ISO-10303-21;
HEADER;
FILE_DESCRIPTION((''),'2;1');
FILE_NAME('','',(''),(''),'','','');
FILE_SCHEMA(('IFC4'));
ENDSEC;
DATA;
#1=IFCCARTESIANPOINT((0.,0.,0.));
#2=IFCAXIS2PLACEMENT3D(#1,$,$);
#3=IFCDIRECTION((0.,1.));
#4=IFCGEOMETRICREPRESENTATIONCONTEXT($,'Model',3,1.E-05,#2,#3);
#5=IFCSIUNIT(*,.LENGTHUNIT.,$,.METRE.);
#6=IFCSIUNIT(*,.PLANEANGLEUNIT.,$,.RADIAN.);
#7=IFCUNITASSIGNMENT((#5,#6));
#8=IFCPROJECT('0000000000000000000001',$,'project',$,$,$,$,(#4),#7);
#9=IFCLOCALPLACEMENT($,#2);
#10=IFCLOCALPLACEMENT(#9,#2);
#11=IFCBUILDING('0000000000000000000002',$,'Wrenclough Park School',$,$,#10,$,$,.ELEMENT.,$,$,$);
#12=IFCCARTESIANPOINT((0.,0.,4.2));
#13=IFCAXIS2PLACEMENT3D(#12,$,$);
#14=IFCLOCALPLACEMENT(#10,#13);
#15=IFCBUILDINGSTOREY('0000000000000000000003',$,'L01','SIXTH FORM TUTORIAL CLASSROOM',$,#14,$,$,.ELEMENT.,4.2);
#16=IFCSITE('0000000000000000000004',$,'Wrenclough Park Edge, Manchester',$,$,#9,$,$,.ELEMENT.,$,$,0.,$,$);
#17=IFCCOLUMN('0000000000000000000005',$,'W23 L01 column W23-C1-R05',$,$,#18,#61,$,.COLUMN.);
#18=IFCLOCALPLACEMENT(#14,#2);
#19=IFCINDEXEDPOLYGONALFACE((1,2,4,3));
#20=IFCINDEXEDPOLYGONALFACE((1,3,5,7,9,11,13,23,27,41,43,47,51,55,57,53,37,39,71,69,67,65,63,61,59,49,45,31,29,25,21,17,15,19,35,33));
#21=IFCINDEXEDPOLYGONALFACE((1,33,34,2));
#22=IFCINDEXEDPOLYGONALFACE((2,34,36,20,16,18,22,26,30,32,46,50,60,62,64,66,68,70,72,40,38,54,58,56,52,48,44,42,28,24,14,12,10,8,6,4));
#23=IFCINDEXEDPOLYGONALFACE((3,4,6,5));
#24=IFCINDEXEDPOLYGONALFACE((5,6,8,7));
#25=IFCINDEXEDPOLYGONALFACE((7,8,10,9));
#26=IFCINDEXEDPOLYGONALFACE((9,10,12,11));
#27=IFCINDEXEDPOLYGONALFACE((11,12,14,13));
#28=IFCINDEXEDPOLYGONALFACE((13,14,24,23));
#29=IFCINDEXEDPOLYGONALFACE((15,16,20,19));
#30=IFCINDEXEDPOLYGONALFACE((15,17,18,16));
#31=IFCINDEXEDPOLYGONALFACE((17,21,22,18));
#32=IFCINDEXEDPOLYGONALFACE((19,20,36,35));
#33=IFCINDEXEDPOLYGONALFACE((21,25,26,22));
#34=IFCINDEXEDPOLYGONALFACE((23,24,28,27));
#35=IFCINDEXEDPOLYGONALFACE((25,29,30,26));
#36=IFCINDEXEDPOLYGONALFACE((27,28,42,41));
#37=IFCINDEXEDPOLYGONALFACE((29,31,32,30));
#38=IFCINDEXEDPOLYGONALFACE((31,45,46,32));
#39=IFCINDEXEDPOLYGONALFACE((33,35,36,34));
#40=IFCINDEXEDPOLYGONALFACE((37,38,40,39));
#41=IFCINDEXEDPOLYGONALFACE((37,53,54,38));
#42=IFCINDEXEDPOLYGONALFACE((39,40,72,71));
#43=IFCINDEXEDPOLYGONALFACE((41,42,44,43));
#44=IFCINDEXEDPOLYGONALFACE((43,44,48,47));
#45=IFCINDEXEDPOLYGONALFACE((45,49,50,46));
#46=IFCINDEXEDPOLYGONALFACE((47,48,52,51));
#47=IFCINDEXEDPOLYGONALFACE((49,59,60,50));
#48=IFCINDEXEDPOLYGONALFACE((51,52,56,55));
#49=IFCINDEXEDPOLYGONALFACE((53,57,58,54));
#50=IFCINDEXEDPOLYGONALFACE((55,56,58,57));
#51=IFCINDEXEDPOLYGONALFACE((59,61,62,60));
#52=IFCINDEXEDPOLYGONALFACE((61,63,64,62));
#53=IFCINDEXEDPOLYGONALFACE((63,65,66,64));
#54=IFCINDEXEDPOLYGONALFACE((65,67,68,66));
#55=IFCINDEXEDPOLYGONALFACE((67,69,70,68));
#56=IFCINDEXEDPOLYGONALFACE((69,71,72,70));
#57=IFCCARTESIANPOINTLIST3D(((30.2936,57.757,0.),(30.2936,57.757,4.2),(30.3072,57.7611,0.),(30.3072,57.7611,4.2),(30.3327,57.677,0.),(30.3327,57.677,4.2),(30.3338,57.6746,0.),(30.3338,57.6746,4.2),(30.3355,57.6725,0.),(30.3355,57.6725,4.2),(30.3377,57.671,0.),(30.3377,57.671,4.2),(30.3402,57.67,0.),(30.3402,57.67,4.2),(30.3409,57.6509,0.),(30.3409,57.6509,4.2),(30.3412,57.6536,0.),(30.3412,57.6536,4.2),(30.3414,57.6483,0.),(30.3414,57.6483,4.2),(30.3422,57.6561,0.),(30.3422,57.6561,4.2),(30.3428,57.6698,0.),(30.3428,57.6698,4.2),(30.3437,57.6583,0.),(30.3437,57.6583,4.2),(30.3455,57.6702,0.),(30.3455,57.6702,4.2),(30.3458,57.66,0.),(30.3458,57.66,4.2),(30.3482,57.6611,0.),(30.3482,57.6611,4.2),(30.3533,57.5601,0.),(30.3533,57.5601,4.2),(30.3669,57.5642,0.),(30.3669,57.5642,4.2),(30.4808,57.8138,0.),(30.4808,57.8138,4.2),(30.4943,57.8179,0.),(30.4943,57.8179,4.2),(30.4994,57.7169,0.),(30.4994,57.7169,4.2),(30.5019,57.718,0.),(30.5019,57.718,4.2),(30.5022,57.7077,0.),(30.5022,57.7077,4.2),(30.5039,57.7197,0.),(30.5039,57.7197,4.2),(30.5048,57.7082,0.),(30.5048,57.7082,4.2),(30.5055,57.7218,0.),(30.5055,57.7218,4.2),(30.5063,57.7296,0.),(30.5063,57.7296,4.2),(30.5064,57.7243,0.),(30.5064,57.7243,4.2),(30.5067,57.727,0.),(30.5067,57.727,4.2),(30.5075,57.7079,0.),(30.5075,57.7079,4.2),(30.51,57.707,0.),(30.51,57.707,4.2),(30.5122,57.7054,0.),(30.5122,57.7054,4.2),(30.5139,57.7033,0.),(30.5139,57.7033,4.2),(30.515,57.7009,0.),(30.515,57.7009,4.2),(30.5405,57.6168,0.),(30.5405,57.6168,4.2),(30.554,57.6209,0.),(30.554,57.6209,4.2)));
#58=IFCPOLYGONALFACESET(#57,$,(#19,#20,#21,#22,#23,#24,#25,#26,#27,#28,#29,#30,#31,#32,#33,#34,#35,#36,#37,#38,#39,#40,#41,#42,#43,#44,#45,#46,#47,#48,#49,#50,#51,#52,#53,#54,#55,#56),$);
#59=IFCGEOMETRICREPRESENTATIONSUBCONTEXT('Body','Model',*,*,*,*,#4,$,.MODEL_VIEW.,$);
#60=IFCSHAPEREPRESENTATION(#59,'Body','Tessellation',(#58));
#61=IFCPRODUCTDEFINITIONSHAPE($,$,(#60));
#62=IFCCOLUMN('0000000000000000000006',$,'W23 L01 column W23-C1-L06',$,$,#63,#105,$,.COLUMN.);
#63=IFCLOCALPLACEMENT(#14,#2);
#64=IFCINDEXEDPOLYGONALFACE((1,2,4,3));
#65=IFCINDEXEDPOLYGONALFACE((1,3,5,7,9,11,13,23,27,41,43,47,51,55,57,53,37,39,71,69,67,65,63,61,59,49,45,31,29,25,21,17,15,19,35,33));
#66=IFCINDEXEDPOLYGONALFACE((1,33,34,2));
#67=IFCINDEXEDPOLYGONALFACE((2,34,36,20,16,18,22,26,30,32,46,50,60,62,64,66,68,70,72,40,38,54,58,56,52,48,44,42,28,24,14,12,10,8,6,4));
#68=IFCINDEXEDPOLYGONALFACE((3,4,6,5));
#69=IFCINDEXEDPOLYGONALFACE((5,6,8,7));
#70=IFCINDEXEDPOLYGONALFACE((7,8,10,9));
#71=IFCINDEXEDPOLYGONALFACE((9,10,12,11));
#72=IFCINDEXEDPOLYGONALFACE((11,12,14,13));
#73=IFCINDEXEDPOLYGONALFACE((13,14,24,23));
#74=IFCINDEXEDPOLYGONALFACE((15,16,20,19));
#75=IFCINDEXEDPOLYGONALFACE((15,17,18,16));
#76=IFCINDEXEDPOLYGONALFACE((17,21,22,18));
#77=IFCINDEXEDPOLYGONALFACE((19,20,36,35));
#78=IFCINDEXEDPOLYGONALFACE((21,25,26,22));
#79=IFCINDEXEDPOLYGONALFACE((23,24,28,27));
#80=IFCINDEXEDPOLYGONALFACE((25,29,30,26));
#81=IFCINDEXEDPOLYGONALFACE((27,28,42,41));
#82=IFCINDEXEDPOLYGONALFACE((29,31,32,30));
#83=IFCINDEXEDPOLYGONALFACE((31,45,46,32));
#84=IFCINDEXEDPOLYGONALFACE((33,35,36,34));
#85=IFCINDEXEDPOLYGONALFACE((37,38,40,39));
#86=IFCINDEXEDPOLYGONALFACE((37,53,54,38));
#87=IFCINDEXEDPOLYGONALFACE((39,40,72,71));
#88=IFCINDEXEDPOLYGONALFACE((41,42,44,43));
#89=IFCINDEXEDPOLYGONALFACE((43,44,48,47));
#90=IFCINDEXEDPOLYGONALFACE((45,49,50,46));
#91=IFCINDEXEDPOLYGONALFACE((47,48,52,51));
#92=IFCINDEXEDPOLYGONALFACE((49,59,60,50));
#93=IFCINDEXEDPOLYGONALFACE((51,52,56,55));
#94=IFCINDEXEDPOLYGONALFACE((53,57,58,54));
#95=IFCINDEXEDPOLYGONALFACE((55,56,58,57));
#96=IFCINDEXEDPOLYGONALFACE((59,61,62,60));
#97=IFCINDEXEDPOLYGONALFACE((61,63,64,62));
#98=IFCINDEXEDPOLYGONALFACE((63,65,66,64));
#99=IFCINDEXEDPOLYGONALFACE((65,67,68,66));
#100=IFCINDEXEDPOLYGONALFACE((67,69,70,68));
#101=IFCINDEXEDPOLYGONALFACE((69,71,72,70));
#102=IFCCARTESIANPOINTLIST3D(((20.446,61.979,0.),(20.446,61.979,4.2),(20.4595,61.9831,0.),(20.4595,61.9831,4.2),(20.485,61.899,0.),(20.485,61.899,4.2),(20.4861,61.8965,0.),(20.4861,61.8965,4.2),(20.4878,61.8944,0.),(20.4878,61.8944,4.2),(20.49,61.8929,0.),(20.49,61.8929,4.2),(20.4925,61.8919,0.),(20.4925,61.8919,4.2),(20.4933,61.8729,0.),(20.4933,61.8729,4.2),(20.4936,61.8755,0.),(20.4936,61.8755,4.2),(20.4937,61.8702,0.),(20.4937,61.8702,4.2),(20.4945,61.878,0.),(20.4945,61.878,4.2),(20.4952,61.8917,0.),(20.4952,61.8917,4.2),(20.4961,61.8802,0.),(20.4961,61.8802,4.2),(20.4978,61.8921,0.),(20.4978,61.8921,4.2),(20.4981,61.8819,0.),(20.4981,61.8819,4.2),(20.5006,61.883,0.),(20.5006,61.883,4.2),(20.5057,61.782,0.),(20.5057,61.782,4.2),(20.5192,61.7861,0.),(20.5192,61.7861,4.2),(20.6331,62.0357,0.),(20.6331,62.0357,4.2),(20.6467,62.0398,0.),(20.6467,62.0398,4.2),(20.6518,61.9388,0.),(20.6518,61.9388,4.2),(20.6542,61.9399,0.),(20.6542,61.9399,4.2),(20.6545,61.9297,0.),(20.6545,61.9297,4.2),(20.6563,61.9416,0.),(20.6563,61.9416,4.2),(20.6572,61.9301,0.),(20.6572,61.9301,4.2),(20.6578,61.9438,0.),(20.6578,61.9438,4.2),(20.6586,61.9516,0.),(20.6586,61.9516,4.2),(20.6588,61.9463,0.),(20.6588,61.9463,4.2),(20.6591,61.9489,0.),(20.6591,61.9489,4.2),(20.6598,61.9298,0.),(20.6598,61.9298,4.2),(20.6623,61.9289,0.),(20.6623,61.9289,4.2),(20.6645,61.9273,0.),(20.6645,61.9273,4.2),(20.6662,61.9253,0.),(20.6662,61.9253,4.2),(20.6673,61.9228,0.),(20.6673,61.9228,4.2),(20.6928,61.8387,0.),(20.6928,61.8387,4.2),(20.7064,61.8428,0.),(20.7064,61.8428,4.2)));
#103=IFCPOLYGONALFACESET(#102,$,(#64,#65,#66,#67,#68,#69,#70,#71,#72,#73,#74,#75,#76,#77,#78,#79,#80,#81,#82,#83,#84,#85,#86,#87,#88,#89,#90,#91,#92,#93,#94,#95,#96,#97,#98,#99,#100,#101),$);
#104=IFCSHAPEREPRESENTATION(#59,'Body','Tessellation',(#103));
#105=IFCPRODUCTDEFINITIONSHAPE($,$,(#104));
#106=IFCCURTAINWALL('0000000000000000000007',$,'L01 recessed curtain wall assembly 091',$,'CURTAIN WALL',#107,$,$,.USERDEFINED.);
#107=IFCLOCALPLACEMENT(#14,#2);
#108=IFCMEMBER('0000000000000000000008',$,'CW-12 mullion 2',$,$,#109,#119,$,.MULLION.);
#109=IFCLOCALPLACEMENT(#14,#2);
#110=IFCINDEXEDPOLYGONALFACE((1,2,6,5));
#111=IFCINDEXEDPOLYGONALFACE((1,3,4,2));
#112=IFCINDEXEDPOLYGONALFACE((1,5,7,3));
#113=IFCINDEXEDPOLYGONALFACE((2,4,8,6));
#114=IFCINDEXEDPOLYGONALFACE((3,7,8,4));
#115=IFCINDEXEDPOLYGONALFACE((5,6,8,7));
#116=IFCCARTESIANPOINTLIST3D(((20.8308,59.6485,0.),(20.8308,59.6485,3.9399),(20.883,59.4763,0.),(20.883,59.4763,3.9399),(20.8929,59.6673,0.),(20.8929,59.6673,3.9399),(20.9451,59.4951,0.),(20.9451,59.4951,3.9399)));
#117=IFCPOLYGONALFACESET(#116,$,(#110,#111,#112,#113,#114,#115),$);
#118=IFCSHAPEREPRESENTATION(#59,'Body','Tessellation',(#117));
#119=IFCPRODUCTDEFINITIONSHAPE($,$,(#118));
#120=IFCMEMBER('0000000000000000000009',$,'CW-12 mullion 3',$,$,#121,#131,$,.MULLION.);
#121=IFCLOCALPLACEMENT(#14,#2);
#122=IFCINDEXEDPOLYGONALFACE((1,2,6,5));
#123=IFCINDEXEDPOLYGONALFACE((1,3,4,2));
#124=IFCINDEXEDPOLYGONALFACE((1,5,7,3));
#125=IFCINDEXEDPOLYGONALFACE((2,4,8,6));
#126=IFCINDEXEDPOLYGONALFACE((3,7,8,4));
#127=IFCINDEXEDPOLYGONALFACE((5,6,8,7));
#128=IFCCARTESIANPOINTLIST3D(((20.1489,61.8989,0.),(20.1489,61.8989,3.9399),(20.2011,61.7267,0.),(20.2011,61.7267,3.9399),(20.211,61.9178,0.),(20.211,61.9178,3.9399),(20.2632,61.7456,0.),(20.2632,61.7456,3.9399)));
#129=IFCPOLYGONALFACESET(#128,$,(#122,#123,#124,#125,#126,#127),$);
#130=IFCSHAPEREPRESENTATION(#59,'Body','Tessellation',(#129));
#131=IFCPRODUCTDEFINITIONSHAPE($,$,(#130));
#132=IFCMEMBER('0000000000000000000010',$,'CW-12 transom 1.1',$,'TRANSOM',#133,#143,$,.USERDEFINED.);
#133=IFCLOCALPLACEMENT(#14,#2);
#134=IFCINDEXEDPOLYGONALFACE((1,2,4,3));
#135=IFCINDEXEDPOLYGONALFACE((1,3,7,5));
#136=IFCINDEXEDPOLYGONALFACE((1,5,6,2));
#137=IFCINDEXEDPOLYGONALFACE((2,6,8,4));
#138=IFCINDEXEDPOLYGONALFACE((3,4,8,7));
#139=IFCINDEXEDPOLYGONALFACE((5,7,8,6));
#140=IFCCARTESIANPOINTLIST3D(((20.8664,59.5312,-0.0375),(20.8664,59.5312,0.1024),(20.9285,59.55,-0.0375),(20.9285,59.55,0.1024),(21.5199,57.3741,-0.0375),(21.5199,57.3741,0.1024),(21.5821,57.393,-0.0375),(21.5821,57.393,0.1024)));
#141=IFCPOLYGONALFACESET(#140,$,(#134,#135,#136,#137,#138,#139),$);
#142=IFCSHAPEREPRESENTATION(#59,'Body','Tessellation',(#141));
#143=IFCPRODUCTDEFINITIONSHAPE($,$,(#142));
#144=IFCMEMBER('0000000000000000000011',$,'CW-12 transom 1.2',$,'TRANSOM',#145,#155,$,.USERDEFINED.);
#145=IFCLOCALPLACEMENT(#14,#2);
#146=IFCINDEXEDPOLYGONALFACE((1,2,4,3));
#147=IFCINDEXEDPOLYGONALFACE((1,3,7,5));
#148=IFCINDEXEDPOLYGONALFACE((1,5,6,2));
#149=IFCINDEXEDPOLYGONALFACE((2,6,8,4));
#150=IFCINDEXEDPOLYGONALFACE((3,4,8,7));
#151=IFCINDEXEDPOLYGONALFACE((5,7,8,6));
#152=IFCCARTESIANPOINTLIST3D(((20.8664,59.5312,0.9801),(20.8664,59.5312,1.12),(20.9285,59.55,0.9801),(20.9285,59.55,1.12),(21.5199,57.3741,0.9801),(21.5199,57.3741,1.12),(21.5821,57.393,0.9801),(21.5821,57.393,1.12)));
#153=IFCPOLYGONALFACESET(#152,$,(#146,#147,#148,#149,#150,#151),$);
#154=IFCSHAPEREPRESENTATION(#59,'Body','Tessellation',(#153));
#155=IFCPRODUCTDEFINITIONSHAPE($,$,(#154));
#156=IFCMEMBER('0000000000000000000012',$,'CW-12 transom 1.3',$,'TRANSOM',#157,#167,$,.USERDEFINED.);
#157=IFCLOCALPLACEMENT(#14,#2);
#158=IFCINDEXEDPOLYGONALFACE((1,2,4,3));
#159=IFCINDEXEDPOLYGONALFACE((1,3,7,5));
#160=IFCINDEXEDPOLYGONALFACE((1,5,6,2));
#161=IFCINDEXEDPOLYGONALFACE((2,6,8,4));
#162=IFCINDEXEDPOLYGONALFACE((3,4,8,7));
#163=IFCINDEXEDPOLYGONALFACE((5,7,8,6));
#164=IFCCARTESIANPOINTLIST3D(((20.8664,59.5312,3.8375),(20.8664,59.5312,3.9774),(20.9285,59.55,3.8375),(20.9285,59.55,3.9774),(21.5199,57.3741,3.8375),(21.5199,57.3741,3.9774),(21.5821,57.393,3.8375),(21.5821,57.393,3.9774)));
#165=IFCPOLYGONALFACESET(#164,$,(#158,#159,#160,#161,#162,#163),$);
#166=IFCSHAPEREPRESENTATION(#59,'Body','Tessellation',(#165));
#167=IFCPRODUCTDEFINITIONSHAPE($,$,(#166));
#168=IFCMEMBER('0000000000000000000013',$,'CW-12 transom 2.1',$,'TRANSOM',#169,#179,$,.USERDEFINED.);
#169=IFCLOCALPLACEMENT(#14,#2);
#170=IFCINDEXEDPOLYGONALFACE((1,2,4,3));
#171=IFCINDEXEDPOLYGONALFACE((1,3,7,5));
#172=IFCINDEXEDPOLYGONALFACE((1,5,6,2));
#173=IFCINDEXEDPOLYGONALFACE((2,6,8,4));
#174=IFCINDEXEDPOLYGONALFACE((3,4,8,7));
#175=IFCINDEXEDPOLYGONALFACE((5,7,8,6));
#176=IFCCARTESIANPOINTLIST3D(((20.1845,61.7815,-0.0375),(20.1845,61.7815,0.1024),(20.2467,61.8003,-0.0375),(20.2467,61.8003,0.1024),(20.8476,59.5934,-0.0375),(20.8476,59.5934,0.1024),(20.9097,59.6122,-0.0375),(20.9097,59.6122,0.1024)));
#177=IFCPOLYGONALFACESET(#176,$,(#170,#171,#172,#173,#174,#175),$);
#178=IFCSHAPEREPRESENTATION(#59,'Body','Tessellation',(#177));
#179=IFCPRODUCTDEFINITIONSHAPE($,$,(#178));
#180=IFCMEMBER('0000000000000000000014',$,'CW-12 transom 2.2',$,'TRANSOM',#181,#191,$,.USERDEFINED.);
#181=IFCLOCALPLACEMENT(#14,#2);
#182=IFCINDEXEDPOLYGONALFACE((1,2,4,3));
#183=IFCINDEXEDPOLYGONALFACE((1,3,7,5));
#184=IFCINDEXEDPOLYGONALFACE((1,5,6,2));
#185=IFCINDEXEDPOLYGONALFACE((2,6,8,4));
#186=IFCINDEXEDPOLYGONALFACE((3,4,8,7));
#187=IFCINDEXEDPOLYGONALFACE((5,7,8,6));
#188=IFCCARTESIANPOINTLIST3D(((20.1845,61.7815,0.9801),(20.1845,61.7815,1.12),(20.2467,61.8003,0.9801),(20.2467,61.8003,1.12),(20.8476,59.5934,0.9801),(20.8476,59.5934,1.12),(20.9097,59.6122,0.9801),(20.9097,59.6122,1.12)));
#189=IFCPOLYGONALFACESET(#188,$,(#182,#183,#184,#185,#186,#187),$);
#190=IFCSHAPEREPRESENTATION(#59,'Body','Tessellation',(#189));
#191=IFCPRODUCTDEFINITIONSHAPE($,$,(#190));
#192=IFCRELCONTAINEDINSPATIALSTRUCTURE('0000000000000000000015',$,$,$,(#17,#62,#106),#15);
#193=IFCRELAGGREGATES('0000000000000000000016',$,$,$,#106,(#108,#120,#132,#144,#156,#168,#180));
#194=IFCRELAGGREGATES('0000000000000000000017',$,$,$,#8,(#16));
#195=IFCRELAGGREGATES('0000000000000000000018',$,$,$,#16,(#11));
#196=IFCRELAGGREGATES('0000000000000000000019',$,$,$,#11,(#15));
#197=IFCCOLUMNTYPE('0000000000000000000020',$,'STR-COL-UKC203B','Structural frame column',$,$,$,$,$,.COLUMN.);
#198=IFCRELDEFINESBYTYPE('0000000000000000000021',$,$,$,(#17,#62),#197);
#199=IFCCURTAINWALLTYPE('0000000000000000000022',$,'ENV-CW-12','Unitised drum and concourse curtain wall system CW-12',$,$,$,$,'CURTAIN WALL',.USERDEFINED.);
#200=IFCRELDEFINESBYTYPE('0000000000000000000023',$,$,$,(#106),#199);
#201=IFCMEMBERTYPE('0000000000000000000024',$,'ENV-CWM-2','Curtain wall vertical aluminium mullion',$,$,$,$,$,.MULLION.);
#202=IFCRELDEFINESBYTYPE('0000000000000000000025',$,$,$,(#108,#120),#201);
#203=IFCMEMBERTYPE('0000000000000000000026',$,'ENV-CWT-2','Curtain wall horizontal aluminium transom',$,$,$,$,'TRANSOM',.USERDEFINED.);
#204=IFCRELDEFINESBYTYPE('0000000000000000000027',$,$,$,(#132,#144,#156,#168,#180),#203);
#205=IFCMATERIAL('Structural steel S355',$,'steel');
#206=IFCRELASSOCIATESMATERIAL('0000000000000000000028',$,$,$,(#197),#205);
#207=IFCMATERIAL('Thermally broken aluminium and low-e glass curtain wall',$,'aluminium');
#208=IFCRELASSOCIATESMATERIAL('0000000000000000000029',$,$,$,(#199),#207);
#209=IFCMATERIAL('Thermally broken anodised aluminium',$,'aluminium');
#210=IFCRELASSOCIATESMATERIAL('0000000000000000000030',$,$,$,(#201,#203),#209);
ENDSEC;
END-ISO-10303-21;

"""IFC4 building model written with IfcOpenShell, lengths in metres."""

from ifc_helpers import new_model, si_unit, direction, frame, origin, origin_2d, place, context, subcontext, project, spatial, rectangle, i_section, extrude, material, material_profile, profile_set, type_object, element, aggregate, save


model = new_model("IFC4")

# Units and contexts
model_context = context("Model", 3, precision=1e-05, world=origin(), true_north=direction((0.0, 1.0)))
body_context = subcontext(model_context, "Body", "Model", "MODEL_VIEW")
ifc_project = project(units=[si_unit("LENGTHUNIT", "METRE"), si_unit("PLANEANGLEUNIT", "RADIAN")], contexts=[model_context])

# Site, building, storey
site_placement = place(None, origin())
site = spatial("IfcSite", under=ifc_project, at=site_placement, Name="Wrenclough Park Edge, Manchester", CompositionType="ELEMENT", RefElevation=0.0)
building_placement = place(site_placement, origin())
building = spatial("IfcBuilding", under=site, at=building_placement, Name="Wrenclough Park School", CompositionType="ELEMENT")
storey_placement = place(building_placement, frame((0.0, 0.0, 4.2)))
storey = spatial("IfcBuildingStorey", under=building, at=storey_placement, Name="L01", Description="SIXTH FORM TUTORIAL CLASSROOM", CompositionType="ELEMENT", Elevation=4.2)

# Columns
ifc_material_1 = material(Name="Structural steel S355", Category="steel")
ifc_material_profile_1 = material_profile(ifc_material_1, i_section(OverallWidth=0.2058, OverallDepth=0.2097, WebThickness=0.0095, FlangeThickness=0.0142, FilletRadius=0.0103, at=origin_2d()), Name="UKC 203x203x60")
ifc_profile_set_1 = profile_set([ifc_material_profile_1], Name="Structural steel S355")
column_type = type_object("IfcColumnType", Name="STR-COL-UKC203B", Description="Structural frame column", PredefinedType="COLUMN", material=ifc_profile_set_1)
for number, where, z_axis, x_axis, name in (
    (1, (30.4238, 57.689, 0.0), (0.0, 0.0, 1.0), (-0.290034, 0.957016, 0.0), "W23 L01 column W23-C1-R05"),
    (2, (20.5762, 61.9109, 0.0), (0.0, 0.0, 1.0), (-0.290034, 0.957016, 0.0), "W23 L01 column W23-C1-L06"),
):
    element("IfcColumn", number, at=place(storey_placement, frame(where, z_axis=z_axis, x_axis=x_axis)), inside=storey, type_object=column_type, Name=name, PredefinedType="COLUMN", context=body_context, shape_type="SweptSolid", body=[
        extrude(i_section(OverallWidth=0.2058, OverallDepth=0.2097, WebThickness=0.0095, FlangeThickness=0.0142, FilletRadius=0.0103, at=origin_2d()), origin(), (0.0, 0.0, 1.0), 4.2),
    ])

# Curtain wall, members
ifc_material_2 = material(Name="Thermally broken aluminium and low-e glass curtain wall", Category="aluminium")
curtain_wall_type = type_object("IfcCurtainWallType", Name="ENV-CW-12", Description="Unitised drum and concourse curtain wall system CW-12", ElementType="CURTAIN WALL", PredefinedType="USERDEFINED", material=ifc_material_2)
curtain_wall_placement = place(storey_placement, origin())
curtain_wall = element("IfcCurtainWall", 3, at=curtain_wall_placement, inside=storey, type_object=curtain_wall_type, Name="L01 recessed curtain wall assembly 091", ObjectType="CURTAIN WALL", PredefinedType="USERDEFINED")
ifc_material_3 = material(Name="Thermally broken anodised aluminium", Category="aluminium")
ifc_material_profile_2 = material_profile(ifc_material_3, rectangle(XDim=0.0649, YDim=0.1799, at=origin_2d()), Name="AL MULLION 65x180")
ifc_profile_set_2 = profile_set([ifc_material_profile_2], Name="Thermally broken anodised aluminium")
member_type_1 = type_object("IfcMemberType", Name="ENV-CWM-2", Description="Curtain wall vertical aluminium mullion", PredefinedType="MULLION", material=ifc_profile_set_2)
member_1_placement = place(storey_placement, frame((20.8879, 59.5718, 0.0), z_axis=(0.0, 0.0, 1.0), x_axis=(-0.95703, -0.289988, 0.0)))
member_1 = element("IfcMember", 4, at=member_1_placement, type_object=member_type_1, Name="CW-12 mullion 2", PredefinedType="MULLION", context=body_context, shape_type="SweptSolid", body=[
    extrude(rectangle(XDim=0.0649, YDim=0.1799, at=origin_2d()), origin(), (0.0, 0.0, 1.0), 3.9399),
])
member_2_placement = place(storey_placement, frame((20.2061, 61.8223, 0.0), z_axis=(0.0, 0.0, 1.0), x_axis=(-0.95703, -0.289988, 0.0)))
member_2 = element("IfcMember", 5, at=member_2_placement, type_object=member_type_1, Name="CW-12 mullion 3", PredefinedType="MULLION", context=body_context, shape_type="SweptSolid", body=[
    extrude(rectangle(XDim=0.0649, YDim=0.1799, at=origin_2d()), origin(), (0.0, 0.0, 1.0), 3.9399),
])
ifc_material_profile_3 = material_profile(ifc_material_3, rectangle(XDim=0.0649, YDim=0.1399, at=origin_2d()), Name="AL TRANSOM 65x140")
ifc_profile_set_3 = profile_set([ifc_material_profile_3], Name="Thermally broken anodised aluminium")
member_type_2 = type_object("IfcMemberType", Name="ENV-CWT-2", Description="Curtain wall horizontal aluminium transom", ElementType="TRANSOM", PredefinedType="USERDEFINED", material=ifc_profile_set_3)
member_3_placement = place(storey_placement, frame((21.551, 57.3835, 0.0325), z_axis=(-0.28998, 0.957033, 0.0), x_axis=(-0.957033, -0.28998, 0.0)))
member_3 = element("IfcMember", 6, at=member_3_placement, type_object=member_type_2, Name="CW-12 transom 1.1", ObjectType="TRANSOM", PredefinedType="USERDEFINED", context=body_context, shape_type="SweptSolid", body=[
    extrude(rectangle(XDim=0.0649, YDim=0.1399, at=origin_2d()), origin(), (0.0, 0.0, 1.0), 2.2539),
])
member_4_placement = place(storey_placement, frame((21.551, 57.3835, 1.05), z_axis=(-0.28998, 0.957033, 0.0), x_axis=(-0.957033, -0.28998, 0.0)))
member_4 = element("IfcMember", 7, at=member_4_placement, type_object=member_type_2, Name="CW-12 transom 1.2", ObjectType="TRANSOM", PredefinedType="USERDEFINED", context=body_context, shape_type="SweptSolid", body=[
    extrude(rectangle(XDim=0.0649, YDim=0.1399, at=origin_2d()), origin(), (0.0, 0.0, 1.0), 2.2539),
])
member_5_placement = place(storey_placement, frame((21.551, 57.3835, 3.9075), z_axis=(-0.28998, 0.957033, 0.0), x_axis=(-0.957033, -0.28998, 0.0)))
member_5 = element("IfcMember", 8, at=member_5_placement, type_object=member_type_2, Name="CW-12 transom 1.3", ObjectType="TRANSOM", PredefinedType="USERDEFINED", context=body_context, shape_type="SweptSolid", body=[
    extrude(rectangle(XDim=0.0649, YDim=0.1399, at=origin_2d()), origin(), (0.0, 0.0, 1.0), 2.2539),
])
member_6_placement = place(storey_placement, frame((20.8787, 59.6028, 0.0325), z_axis=(-0.290001, 0.957026, 0.0), x_axis=(-0.957026, -0.290001, 0.0)))
member_6 = element("IfcMember", 9, at=member_6_placement, type_object=member_type_2, Name="CW-12 transom 2.1", ObjectType="TRANSOM", PredefinedType="USERDEFINED", context=body_context, shape_type="SweptSolid", body=[
    extrude(rectangle(XDim=0.0649, YDim=0.1399, at=origin_2d()), origin(), (0.0, 0.0, 1.0), 2.2864),
])
member_7_placement = place(storey_placement, frame((20.8787, 59.6028, 1.05), z_axis=(-0.290001, 0.957026, 0.0), x_axis=(-0.957026, -0.290001, 0.0)))
member_7 = element("IfcMember", 10, at=member_7_placement, type_object=member_type_2, Name="CW-12 transom 2.2", ObjectType="TRANSOM", PredefinedType="USERDEFINED", context=body_context, shape_type="SweptSolid", body=[
    extrude(rectangle(XDim=0.0649, YDim=0.1399, at=origin_2d()), origin(), (0.0, 0.0, 1.0), 2.2864),
])

aggregate(curtain_wall, [member_1, member_2, member_3, member_4, member_5, member_6, member_7])

save(model, "model.ifc")
